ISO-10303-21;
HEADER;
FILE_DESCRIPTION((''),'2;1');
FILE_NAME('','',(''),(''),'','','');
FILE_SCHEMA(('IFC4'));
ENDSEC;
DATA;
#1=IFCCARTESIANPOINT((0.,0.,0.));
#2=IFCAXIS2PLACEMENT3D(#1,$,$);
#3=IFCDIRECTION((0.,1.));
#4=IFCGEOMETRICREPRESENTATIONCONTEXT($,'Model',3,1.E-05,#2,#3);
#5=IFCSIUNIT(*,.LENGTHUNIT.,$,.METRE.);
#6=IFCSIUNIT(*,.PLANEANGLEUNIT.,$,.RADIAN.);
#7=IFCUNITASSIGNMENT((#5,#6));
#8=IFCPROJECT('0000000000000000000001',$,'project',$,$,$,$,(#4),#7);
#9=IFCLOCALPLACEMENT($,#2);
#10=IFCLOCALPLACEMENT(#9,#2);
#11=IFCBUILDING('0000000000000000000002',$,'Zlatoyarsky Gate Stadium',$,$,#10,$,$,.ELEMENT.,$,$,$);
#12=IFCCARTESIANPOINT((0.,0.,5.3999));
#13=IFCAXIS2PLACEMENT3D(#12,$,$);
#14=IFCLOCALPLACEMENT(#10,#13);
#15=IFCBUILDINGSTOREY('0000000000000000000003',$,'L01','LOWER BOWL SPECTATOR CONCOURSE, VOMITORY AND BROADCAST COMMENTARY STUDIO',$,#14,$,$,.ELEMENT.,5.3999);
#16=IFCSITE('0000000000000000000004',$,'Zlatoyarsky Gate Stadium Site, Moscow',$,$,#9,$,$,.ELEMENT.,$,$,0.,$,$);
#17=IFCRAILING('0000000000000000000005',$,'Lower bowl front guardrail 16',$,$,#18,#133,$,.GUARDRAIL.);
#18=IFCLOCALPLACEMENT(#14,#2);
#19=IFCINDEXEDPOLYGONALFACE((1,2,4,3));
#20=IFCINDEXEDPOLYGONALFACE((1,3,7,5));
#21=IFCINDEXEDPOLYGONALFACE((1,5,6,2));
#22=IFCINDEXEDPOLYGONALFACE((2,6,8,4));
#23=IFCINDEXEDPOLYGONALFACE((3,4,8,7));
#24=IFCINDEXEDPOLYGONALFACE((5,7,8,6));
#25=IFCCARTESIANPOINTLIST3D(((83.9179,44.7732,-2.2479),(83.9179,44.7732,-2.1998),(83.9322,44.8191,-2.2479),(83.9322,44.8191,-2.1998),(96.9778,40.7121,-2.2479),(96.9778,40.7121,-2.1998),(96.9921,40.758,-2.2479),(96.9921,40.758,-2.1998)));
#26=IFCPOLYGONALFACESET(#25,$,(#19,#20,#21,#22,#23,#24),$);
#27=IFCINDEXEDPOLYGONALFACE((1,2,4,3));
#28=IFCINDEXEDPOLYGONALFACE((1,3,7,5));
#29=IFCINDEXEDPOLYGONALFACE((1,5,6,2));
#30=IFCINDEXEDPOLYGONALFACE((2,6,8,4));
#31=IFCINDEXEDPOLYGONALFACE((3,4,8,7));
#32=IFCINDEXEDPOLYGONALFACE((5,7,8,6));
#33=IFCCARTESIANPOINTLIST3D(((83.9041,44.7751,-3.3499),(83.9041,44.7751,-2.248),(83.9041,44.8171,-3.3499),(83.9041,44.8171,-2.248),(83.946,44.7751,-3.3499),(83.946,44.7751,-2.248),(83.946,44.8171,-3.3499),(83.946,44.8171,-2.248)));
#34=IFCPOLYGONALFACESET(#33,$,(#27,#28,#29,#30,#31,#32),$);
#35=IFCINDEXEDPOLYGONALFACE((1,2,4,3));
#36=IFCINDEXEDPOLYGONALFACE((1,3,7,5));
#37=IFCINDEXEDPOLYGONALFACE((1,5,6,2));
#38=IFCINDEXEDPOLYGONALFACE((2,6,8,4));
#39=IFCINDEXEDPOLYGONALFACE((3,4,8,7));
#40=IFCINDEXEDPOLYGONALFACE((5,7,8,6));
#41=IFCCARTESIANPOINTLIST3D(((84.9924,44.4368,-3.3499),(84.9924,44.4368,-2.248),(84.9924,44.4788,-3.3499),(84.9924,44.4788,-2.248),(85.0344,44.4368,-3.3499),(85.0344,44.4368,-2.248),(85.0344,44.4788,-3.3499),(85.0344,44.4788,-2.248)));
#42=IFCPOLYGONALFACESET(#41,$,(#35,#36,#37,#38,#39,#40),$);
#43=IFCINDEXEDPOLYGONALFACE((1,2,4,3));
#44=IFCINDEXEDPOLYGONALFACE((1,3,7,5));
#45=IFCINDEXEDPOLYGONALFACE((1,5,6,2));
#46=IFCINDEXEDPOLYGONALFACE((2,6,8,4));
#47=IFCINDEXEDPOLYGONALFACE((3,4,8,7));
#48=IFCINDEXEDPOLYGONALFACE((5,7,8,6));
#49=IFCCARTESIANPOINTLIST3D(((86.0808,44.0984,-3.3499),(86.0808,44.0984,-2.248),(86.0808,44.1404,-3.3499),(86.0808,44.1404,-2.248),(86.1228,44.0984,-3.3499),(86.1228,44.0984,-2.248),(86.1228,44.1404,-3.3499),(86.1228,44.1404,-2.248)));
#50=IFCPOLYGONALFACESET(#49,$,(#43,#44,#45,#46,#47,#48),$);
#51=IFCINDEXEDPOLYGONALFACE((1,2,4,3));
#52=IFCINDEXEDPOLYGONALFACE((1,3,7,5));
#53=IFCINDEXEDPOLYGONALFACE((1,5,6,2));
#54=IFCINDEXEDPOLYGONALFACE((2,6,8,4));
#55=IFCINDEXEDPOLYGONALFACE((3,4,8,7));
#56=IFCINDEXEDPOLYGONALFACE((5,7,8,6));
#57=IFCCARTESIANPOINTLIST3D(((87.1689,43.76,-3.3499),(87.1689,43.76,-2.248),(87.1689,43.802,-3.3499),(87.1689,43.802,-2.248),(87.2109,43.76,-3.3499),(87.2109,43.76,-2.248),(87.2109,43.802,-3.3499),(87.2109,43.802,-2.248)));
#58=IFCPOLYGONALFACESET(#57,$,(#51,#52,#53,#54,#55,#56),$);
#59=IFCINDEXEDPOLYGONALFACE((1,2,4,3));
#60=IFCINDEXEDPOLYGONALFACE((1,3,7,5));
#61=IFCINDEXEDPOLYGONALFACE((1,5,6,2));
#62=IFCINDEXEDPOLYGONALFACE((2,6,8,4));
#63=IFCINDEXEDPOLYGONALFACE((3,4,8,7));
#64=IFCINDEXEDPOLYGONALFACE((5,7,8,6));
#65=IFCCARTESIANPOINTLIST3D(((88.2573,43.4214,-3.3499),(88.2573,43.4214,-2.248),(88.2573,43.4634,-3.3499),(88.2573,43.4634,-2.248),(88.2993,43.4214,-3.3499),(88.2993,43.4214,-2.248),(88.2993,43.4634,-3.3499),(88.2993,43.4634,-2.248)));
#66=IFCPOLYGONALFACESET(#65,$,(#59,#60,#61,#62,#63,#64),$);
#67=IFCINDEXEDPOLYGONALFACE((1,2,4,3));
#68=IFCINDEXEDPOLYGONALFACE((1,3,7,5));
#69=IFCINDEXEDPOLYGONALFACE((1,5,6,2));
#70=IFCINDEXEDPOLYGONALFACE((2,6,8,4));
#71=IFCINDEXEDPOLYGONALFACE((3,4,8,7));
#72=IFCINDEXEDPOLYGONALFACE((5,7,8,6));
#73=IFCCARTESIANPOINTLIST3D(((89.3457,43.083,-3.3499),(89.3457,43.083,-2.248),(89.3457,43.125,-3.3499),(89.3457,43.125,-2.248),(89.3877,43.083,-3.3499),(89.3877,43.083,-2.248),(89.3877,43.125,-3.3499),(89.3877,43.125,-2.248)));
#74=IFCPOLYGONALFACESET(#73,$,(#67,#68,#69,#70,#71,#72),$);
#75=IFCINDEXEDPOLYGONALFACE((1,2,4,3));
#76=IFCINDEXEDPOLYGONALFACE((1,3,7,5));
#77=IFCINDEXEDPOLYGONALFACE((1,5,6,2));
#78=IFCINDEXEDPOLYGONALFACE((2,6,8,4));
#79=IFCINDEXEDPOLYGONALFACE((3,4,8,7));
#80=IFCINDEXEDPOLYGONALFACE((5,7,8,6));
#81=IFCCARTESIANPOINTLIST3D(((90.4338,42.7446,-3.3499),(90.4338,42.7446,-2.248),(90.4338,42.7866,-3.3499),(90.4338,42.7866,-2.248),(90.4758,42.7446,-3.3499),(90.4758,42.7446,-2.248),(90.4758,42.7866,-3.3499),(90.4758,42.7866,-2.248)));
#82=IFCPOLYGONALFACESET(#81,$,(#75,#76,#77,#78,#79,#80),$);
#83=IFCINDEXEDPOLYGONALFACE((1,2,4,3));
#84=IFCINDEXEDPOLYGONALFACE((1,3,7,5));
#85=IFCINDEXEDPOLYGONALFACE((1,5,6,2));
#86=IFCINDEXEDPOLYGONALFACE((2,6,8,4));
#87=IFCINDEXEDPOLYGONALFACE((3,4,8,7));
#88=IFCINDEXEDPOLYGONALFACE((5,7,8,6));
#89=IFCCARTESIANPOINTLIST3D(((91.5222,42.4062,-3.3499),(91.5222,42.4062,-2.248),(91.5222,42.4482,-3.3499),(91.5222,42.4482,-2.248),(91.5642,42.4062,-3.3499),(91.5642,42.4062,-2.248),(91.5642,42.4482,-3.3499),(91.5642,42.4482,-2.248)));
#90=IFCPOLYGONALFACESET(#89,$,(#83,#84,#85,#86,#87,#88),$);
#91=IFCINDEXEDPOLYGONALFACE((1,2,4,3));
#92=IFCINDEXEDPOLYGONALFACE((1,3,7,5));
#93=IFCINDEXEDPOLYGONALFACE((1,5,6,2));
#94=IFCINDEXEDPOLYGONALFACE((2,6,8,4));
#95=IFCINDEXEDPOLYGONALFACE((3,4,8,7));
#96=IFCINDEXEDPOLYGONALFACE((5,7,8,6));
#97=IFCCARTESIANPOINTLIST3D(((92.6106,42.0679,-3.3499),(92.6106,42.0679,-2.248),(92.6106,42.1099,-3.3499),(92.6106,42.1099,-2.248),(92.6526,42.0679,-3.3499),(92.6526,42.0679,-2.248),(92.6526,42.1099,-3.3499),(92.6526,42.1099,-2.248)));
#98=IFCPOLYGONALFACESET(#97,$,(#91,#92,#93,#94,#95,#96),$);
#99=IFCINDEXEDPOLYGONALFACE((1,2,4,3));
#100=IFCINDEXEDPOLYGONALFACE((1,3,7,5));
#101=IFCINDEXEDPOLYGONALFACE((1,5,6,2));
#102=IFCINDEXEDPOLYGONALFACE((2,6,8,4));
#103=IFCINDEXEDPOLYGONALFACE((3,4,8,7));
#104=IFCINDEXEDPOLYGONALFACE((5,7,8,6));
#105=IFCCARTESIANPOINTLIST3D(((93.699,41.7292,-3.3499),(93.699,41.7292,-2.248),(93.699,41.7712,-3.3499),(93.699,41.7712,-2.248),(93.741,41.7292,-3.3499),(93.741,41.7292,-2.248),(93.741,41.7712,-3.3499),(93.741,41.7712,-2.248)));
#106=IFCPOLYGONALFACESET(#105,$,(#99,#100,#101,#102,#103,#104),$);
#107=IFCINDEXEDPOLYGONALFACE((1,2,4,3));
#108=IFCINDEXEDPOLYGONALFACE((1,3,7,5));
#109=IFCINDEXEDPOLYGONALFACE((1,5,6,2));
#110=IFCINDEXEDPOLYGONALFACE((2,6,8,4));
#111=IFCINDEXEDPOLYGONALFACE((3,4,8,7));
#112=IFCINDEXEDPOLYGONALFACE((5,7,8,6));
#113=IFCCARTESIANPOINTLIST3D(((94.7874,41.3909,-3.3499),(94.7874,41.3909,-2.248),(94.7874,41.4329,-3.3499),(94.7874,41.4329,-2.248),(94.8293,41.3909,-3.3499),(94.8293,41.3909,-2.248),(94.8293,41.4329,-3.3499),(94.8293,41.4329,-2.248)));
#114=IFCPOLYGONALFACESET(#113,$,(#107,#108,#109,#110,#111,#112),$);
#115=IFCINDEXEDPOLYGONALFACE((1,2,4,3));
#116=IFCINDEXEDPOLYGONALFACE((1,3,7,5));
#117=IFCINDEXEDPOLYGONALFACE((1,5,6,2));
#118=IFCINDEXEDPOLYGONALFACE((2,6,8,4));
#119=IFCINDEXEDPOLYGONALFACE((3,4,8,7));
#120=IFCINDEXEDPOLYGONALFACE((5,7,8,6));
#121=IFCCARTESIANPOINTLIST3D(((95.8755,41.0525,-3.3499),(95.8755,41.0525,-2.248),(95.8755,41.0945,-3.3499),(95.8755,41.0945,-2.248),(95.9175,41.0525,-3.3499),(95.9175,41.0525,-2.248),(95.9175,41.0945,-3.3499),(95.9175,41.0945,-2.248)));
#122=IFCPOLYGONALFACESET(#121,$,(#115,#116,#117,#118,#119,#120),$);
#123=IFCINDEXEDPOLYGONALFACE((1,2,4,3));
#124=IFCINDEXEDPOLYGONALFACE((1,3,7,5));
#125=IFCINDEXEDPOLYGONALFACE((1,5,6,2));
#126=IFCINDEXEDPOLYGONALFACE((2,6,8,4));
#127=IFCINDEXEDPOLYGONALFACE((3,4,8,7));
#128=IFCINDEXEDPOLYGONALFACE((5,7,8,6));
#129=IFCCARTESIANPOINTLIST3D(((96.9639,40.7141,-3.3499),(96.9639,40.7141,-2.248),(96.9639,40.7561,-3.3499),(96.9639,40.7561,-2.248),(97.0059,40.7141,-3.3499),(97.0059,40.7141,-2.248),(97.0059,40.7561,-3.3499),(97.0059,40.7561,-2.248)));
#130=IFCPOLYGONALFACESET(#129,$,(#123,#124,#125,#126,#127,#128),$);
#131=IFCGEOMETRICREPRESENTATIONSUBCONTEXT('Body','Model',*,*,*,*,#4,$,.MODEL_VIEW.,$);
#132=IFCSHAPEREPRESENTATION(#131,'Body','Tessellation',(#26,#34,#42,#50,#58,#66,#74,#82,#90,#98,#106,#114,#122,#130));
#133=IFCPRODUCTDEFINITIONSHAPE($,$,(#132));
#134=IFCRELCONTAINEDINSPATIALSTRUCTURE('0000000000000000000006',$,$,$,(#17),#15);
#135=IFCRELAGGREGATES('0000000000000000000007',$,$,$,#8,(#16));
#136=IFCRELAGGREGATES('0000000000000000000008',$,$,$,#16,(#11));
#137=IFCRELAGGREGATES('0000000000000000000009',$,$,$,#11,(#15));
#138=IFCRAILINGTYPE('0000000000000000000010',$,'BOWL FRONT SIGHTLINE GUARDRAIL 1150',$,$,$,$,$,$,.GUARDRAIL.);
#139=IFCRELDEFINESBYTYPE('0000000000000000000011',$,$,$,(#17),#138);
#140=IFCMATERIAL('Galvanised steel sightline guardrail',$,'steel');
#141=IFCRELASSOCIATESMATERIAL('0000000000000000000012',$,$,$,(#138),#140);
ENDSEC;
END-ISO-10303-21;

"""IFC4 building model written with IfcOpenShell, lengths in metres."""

from ifc_helpers import new_model, si_unit, direction, frame, origin, origin_2d, place, context, subcontext, project, spatial, rectangle, extrude, material, type_object, element, save


model = new_model("IFC4")

# Units and contexts
model_context = context("Model", 3, precision=1e-05, world=origin(), true_north=direction((0.0, 1.0)))
body_context = subcontext(model_context, "Body", "Model", "MODEL_VIEW")
ifc_project = project(units=[si_unit("LENGTHUNIT", "METRE"), si_unit("PLANEANGLEUNIT", "RADIAN")], contexts=[model_context])

# Site, building, storey
site_placement = place(None, origin())
site = spatial("IfcSite", under=ifc_project, at=site_placement, Name="Zlatoyarsky Gate Stadium Site, Moscow", CompositionType="ELEMENT", RefElevation=0.0)
building_placement = place(site_placement, origin())
building = spatial("IfcBuilding", under=site, at=building_placement, Name="Zlatoyarsky Gate Stadium", CompositionType="ELEMENT")
storey_placement = place(building_placement, frame((0.0, 0.0, 5.3999)))
storey = spatial("IfcBuildingStorey", under=building, at=storey_placement, Name="L01", Description="LOWER BOWL SPECTATOR CONCOURSE, VOMITORY AND BROADCAST COMMENTARY STUDIO", CompositionType="ELEMENT", Elevation=5.3999)

# Railing
ifc_material_1 = material(Name="Galvanised steel sightline guardrail", Category="steel")
railing_type_1 = type_object("IfcRailingType", Name="BOWL FRONT SIGHTLINE GUARDRAIL 1150", PredefinedType="GUARDRAIL", material=ifc_material_1)
railing_1_placement = place(storey_placement, frame((83.925, 44.7961, -3.3499)))
element("IfcRailing", 1, at=railing_1_placement, inside=storey, type_object=railing_type_1, Name="Lower bowl front guardrail 16", PredefinedType="GUARDRAIL", context=body_context, shape_type="SweptSolid", body=[
    extrude(rectangle(XDim=0.0481, YDim=0.0481, at=origin_2d()), frame((0.0, 0.0, 1.126), z_axis=(0.954899, -0.296932, 0.0), x_axis=(0.296932, 0.954899, 0.0)), (0.0, 0.0, 1.0), 13.6768),
    extrude(rectangle(XDim=0.042, YDim=0.042, at=origin_2d()), origin(), (0.0, 0.0, 1.0), 1.1018),
    extrude(rectangle(XDim=0.042, YDim=0.042, at=origin_2d()), frame((1.0884, -0.3384, 0.0)), (0.0, 0.0, 1.0), 1.1018),
    extrude(rectangle(XDim=0.042, YDim=0.042, at=origin_2d()), frame((2.1768, -0.6768, 0.0)), (0.0, 0.0, 1.0), 1.1018),
    extrude(rectangle(XDim=0.042, YDim=0.042, at=origin_2d()), frame((3.2649, -1.0151, 0.0)), (0.0, 0.0, 1.0), 1.1018),
    extrude(rectangle(XDim=0.042, YDim=0.042, at=origin_2d()), frame((4.3533, -1.3538, 0.0)), (0.0, 0.0, 1.0), 1.1018),
    extrude(rectangle(XDim=0.042, YDim=0.042, at=origin_2d()), frame((5.4417, -1.6921, 0.0)), (0.0, 0.0, 1.0), 1.1018),
    extrude(rectangle(XDim=0.042, YDim=0.042, at=origin_2d()), frame((6.5298, -2.0305, 0.0)), (0.0, 0.0, 1.0), 1.1018),
    extrude(rectangle(XDim=0.042, YDim=0.042, at=origin_2d()), frame((7.6182, -2.3689, 0.0)), (0.0, 0.0, 1.0), 1.1018),
    extrude(rectangle(XDim=0.042, YDim=0.042, at=origin_2d()), frame((8.7065, -2.7073, 0.0)), (0.0, 0.0, 1.0), 1.1018),
    extrude(rectangle(XDim=0.042, YDim=0.042, at=origin_2d()), frame((9.7949, -3.0459, 0.0)), (0.0, 0.0, 1.0), 1.1018),
    extrude(rectangle(XDim=0.042, YDim=0.042, at=origin_2d()), frame((10.8833, -3.3843, 0.0)), (0.0, 0.0, 1.0), 1.1018),
    extrude(rectangle(XDim=0.042, YDim=0.042, at=origin_2d()), frame((11.9714, -3.7227, 0.0)), (0.0, 0.0, 1.0), 1.1018),
    extrude(rectangle(XDim=0.042, YDim=0.042, at=origin_2d()), frame((13.0598, -4.061, 0.0)), (0.0, 0.0, 1.0), 1.1018),
])

save(model, "model.ifc")
